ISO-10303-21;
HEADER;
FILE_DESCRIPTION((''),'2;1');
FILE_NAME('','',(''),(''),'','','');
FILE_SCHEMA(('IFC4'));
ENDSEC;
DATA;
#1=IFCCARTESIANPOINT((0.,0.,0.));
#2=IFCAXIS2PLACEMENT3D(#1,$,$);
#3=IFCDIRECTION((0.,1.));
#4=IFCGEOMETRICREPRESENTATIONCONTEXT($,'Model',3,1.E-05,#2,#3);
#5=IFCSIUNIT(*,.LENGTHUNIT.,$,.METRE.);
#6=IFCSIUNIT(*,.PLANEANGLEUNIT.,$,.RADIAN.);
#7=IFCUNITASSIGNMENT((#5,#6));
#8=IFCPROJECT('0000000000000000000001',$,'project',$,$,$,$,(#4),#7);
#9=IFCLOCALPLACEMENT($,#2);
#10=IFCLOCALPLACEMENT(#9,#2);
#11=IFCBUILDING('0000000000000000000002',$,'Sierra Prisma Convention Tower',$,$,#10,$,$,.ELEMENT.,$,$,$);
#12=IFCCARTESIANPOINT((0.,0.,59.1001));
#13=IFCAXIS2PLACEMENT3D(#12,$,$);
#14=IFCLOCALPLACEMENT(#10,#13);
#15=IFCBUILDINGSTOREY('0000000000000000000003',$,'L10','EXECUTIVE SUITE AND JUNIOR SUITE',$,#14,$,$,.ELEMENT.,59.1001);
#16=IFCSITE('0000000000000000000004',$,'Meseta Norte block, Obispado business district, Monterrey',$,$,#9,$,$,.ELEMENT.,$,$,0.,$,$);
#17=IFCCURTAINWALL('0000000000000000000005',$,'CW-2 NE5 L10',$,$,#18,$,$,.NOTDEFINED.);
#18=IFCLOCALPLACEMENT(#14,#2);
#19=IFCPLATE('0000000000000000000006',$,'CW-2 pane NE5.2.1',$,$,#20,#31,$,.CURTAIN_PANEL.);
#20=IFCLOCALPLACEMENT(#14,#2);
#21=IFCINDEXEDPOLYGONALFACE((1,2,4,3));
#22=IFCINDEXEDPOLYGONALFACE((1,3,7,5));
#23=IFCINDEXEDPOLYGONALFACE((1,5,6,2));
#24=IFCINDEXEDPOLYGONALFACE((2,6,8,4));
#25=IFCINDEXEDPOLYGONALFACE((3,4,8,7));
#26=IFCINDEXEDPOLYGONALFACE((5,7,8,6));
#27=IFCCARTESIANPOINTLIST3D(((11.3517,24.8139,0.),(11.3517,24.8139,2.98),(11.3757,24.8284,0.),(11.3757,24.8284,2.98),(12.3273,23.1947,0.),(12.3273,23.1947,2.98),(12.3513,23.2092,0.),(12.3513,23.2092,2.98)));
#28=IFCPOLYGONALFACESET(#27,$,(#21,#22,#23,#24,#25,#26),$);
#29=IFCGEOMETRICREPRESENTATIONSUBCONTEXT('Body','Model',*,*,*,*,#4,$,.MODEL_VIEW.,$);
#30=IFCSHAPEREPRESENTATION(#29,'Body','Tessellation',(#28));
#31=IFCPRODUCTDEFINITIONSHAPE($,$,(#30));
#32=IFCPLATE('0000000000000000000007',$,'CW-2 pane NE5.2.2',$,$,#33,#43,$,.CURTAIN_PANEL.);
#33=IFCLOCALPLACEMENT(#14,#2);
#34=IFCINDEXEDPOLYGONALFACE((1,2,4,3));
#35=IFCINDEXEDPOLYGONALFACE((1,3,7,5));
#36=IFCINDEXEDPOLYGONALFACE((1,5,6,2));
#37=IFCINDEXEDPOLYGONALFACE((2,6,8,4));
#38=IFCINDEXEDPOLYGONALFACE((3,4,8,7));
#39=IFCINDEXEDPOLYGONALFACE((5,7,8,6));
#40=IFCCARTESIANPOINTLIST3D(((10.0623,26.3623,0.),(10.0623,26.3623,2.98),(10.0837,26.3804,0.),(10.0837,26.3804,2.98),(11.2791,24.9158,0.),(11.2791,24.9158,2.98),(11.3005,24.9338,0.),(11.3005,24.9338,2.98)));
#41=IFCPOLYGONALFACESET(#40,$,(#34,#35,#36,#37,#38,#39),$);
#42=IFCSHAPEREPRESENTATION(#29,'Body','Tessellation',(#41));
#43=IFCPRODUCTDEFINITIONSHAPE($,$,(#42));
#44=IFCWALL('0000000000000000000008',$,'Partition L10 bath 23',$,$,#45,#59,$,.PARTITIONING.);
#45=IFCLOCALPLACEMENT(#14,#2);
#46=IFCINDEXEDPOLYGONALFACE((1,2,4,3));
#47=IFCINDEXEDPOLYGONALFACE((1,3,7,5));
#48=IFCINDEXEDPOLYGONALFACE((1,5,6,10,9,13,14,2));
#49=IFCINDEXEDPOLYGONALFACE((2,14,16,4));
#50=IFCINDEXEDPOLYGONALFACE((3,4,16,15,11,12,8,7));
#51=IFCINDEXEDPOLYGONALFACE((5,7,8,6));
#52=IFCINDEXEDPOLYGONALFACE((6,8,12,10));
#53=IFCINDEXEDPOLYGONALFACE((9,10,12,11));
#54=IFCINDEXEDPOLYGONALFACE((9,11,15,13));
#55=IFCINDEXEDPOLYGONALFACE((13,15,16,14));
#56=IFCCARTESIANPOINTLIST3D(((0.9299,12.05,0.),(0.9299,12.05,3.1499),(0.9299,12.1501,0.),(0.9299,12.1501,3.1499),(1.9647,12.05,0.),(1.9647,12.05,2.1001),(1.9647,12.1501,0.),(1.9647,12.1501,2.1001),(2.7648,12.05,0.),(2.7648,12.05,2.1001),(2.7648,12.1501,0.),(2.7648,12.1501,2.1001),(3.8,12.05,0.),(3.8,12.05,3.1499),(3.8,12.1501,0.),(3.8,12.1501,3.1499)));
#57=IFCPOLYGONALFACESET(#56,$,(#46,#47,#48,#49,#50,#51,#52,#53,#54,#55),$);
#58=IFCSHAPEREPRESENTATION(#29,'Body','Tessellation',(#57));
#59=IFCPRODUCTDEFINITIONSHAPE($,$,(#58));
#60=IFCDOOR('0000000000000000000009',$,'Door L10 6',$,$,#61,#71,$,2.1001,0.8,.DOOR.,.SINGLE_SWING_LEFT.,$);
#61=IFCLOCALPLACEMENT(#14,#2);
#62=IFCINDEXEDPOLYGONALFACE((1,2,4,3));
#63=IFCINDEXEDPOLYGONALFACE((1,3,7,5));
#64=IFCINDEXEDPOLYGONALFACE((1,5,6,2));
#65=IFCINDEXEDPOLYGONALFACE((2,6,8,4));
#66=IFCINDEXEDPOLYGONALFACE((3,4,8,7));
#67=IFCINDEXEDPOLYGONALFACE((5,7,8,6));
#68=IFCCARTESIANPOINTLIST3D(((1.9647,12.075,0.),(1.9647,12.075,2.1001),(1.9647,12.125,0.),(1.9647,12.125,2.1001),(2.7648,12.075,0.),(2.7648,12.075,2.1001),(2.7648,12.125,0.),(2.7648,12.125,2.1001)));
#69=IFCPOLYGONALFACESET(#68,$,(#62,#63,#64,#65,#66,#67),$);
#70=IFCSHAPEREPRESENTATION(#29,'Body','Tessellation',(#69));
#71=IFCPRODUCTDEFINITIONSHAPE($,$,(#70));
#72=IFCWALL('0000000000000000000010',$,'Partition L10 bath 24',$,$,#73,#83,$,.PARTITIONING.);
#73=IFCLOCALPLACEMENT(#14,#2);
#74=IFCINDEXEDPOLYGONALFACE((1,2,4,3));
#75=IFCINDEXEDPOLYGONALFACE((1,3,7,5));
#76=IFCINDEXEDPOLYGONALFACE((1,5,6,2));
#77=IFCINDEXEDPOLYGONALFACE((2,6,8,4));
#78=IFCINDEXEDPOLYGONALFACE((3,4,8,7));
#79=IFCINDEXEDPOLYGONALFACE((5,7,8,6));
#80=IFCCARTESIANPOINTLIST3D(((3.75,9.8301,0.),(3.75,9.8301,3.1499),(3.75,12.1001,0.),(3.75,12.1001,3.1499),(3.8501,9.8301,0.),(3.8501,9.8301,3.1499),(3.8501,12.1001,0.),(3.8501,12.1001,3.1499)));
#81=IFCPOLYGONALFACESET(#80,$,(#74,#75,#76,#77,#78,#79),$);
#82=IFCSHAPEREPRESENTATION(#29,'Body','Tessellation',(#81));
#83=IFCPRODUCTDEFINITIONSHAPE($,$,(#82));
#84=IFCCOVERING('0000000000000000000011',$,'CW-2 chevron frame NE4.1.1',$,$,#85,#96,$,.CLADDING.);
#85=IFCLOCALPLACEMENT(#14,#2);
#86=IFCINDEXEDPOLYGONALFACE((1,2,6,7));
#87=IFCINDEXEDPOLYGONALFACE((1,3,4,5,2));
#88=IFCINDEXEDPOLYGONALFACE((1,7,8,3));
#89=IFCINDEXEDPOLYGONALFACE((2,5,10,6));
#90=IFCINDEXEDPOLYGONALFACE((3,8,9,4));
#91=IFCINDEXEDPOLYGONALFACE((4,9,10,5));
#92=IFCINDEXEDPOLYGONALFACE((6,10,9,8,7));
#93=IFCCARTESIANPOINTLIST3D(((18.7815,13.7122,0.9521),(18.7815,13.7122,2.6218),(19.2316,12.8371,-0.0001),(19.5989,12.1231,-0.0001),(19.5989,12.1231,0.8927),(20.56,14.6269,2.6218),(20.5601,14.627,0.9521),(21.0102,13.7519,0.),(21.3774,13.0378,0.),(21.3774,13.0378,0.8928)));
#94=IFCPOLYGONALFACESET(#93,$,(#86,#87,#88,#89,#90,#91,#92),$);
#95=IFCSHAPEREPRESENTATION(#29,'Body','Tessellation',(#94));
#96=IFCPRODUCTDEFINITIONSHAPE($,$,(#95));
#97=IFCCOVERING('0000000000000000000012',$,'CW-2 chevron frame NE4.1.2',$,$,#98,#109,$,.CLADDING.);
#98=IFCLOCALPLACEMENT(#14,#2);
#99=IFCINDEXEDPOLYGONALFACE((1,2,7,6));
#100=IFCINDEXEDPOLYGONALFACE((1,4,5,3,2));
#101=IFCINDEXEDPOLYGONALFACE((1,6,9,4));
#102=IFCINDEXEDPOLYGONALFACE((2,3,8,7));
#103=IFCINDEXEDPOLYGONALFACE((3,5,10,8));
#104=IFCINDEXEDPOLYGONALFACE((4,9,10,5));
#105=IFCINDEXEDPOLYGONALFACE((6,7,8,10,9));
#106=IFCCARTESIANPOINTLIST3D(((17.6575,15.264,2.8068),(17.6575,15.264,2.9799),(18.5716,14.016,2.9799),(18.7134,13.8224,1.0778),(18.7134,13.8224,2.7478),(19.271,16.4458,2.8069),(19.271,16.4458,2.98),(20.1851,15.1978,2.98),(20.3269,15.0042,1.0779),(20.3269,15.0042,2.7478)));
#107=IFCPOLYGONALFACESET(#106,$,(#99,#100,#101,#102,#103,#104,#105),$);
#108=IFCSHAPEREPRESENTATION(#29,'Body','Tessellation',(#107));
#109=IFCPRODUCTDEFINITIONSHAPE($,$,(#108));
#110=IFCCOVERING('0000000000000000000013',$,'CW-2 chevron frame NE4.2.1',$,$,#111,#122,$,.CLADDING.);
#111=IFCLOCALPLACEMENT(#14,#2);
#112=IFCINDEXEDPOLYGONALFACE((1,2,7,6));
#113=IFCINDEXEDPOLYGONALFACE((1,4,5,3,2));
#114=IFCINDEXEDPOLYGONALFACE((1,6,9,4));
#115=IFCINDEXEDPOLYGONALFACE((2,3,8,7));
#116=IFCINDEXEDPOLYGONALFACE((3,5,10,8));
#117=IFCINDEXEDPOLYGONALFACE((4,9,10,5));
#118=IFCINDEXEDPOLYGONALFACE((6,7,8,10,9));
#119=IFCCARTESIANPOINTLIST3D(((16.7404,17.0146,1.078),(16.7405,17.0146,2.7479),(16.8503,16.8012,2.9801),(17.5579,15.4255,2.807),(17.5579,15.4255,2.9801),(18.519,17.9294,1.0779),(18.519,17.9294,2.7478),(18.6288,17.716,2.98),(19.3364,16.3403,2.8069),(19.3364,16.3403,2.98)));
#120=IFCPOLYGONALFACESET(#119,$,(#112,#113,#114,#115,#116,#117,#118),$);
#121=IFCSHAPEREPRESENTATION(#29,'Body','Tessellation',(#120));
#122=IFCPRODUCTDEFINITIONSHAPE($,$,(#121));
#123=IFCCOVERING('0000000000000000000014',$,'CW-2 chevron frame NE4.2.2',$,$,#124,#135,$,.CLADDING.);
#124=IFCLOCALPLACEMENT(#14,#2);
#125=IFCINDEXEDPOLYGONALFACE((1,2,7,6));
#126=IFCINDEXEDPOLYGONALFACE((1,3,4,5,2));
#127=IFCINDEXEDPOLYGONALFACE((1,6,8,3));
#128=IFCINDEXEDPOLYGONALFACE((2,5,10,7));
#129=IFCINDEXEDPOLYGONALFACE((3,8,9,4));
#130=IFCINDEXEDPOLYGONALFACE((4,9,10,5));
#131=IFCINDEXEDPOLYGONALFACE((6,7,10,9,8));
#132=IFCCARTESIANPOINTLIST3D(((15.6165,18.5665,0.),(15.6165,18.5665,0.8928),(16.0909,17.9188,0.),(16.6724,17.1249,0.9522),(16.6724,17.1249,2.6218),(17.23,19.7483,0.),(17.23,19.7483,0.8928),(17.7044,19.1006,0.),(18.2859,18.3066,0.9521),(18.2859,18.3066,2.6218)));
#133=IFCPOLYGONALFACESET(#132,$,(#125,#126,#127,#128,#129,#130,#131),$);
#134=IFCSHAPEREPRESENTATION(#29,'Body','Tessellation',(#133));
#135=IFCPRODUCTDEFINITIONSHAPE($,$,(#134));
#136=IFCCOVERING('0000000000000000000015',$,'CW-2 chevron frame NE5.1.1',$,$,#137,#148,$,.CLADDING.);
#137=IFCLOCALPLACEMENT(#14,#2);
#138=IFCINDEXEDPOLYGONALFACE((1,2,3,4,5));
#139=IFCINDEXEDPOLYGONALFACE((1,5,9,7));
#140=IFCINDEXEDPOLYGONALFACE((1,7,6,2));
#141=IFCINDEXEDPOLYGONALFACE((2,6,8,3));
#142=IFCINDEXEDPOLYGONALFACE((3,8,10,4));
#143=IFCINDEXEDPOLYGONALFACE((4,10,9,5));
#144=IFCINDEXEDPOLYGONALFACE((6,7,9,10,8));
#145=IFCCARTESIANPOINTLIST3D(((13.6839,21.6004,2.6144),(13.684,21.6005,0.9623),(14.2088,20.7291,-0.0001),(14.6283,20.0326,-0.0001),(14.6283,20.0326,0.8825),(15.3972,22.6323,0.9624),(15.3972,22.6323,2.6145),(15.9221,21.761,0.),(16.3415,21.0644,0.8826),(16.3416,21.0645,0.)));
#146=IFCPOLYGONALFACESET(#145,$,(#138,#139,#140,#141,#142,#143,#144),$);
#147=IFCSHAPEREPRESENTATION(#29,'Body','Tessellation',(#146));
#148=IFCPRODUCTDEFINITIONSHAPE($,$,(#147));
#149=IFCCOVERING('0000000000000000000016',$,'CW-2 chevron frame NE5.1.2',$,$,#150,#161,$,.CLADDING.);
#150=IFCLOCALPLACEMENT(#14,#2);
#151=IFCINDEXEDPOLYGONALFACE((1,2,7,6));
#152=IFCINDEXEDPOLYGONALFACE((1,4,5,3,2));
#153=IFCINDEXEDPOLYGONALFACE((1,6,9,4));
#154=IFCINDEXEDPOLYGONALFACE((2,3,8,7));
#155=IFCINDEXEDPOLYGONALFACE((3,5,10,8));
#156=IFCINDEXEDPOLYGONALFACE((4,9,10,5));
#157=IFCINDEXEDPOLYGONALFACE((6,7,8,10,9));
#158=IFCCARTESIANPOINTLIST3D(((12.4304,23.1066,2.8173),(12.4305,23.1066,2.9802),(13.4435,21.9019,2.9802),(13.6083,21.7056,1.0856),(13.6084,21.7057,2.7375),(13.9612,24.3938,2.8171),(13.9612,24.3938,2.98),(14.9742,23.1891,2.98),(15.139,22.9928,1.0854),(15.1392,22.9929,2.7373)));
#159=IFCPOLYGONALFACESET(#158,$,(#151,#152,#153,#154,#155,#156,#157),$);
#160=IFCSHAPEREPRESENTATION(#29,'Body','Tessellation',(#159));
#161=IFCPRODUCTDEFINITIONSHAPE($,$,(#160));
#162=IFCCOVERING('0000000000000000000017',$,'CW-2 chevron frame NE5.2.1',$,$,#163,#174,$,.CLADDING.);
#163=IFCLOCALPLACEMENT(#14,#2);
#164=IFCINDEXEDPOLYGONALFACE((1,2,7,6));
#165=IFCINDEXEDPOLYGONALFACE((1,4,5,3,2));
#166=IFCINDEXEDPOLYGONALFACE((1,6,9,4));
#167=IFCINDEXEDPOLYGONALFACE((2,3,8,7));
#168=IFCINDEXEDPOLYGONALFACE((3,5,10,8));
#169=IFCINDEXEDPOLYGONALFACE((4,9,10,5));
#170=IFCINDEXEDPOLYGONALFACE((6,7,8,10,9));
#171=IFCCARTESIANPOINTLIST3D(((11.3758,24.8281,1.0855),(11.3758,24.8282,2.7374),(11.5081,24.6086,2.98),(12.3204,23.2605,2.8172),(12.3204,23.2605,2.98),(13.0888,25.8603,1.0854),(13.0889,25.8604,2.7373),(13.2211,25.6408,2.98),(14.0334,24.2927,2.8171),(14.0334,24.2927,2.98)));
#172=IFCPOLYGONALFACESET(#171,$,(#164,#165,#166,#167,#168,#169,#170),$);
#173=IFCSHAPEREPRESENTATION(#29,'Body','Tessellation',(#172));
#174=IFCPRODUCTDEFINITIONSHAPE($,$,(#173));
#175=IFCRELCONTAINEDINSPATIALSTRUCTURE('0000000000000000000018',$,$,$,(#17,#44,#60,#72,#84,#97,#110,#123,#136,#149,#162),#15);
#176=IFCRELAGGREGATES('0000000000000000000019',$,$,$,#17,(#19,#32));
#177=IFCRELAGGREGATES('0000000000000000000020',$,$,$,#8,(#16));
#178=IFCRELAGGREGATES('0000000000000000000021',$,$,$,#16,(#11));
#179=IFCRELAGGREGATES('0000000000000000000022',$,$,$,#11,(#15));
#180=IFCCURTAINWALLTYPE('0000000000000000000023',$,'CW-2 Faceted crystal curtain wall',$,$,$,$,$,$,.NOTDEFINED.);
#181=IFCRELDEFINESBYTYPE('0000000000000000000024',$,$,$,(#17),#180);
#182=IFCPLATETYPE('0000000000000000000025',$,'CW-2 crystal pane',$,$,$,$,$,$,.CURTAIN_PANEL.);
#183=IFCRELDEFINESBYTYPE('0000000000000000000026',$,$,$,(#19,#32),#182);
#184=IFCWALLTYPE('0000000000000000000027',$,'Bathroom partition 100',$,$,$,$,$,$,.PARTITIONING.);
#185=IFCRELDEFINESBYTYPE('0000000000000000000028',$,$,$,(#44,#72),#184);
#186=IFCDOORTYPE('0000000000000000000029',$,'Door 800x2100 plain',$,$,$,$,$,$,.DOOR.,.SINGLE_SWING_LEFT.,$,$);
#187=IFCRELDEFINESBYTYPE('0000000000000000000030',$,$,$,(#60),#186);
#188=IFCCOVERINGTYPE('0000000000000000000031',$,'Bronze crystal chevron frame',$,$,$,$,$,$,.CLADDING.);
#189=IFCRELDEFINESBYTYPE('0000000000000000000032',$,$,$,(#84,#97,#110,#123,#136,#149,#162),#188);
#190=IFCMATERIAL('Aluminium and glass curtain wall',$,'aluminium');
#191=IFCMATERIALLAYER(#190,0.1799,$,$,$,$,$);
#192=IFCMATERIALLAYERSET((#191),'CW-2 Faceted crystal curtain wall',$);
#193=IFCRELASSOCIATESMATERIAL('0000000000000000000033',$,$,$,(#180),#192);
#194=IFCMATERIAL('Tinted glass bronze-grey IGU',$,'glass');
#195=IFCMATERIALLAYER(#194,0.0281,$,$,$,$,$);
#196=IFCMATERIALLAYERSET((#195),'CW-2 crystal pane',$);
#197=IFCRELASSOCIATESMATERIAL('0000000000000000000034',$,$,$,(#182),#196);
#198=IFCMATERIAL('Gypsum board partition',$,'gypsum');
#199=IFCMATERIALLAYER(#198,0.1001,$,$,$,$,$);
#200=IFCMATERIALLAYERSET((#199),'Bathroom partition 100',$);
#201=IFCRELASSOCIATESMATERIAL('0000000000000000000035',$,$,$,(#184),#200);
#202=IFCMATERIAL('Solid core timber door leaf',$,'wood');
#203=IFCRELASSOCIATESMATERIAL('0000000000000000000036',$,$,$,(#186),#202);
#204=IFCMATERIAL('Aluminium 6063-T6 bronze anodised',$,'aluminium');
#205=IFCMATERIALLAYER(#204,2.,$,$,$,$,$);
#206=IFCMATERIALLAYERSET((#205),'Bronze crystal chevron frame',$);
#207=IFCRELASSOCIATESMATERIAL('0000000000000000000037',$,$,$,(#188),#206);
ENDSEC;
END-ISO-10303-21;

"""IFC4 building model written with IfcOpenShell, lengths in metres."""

from ifc_helpers import new_model, si_unit, direction, frame, frame_2d, origin, place, context, subcontext, project, spatial, polyline, rectangle, outline, extrude, material, layer, layer_set, type_object, element, fill, aggregate, save


model = new_model("IFC4")

# Units and contexts
model_context = context("Model", 3, precision=1e-05, world=origin(), true_north=direction((0.0, 1.0)))
body_context = subcontext(model_context, "Body", "Model", "MODEL_VIEW")
ifc_project = project(units=[si_unit("LENGTHUNIT", "METRE"), si_unit("PLANEANGLEUNIT", "RADIAN")], contexts=[model_context])

# Site, building, storey
site_placement = place(None, origin())
site = spatial("IfcSite", under=ifc_project, at=site_placement, Name="Meseta Norte block, Obispado business district, Monterrey", CompositionType="ELEMENT", RefElevation=0.0)
building_placement = place(site_placement, origin())
building = spatial("IfcBuilding", under=site, at=building_placement, Name="Sierra Prisma Convention Tower", CompositionType="ELEMENT")
storey_placement = place(building_placement, frame((0.0, 0.0, 59.1001)))
storey = spatial("IfcBuildingStorey", under=building, at=storey_placement, Name="L10", Description="EXECUTIVE SUITE AND JUNIOR SUITE", CompositionType="ELEMENT", Elevation=59.1001)

# Curtain wall
ifc_material_1 = material(Name="Aluminium and glass curtain wall", Category="aluminium")
ifc_layer_1 = layer(ifc_material_1, 0.1799)
ifc_layer_set_1 = layer_set([ifc_layer_1], Name="CW-2 Faceted crystal curtain wall")
curtain_wall_type = type_object("IfcCurtainWallType", Name="CW-2 Faceted crystal curtain wall", PredefinedType="NOTDEFINED", material=ifc_layer_set_1)
curtain_wall_1_placement = place(storey_placement, origin())
curtain_wall_1 = element("IfcCurtainWall", 1, at=curtain_wall_1_placement, inside=storey, type_object=curtain_wall_type, Name="CW-2 NE5 L10", PredefinedType="NOTDEFINED")

# Plates
ifc_material_2 = material(Name="Tinted glass bronze-grey IGU", Category="glass")
ifc_layer_2 = layer(ifc_material_2, 0.0281)
ifc_layer_set_2 = layer_set([ifc_layer_2], Name="CW-2 crystal pane")
plate_type = type_object("IfcPlateType", Name="CW-2 crystal pane", PredefinedType="CURTAIN_PANEL", material=ifc_layer_set_2)
plate_1_placement = place(storey_placement, frame((12.3513, 23.2092, 0.0), z_axis=(0.856534, 0.51609, 0.0), x_axis=(-0.51609, 0.856534, 0.0)))
plate_1 = element("IfcPlate", 2, at=plate_1_placement, type_object=plate_type, Name="CW-2 pane NE5.2.1", PredefinedType="CURTAIN_PANEL", context=body_context, shape_type="SweptSolid", body=[
    extrude(outline(polyline([(0.0, 0.0), (1.8903, 0.0), (1.8903, 2.98), (0.0, 2.98), (0.0, 0.0)])), origin(), (0.0, 0.0, -1.0), 0.0281),
])
plate_2_placement = place(storey_placement, frame((10.0837, 26.3804, 0.0), z_axis=(0.765259, 0.643722, 0.0), x_axis=(0.643722, -0.765259, 0.0)))
plate_2 = element("IfcPlate", 3, at=plate_2_placement, type_object=plate_type, Name="CW-2 pane NE5.2.2", PredefinedType="CURTAIN_PANEL", context=body_context, shape_type="SweptSolid", body=[
    extrude(outline(polyline([(0.0, 0.0), (1.8903, 0.0), (1.8903, -2.98), (0.0, -2.98), (0.0, 0.0)])), origin(), (0.0, 0.0, -1.0), 0.0281),
])
aggregate(curtain_wall_1, [plate_1, plate_2])

# Wall, opening, door
ifc_material_3 = material(Name="Gypsum board partition", Category="gypsum")
ifc_layer_3 = layer(ifc_material_3, 0.1001)
ifc_layer_set_3 = layer_set([ifc_layer_3], Name="Bathroom partition 100")
wall_type = type_object("IfcWallType", Name="Bathroom partition 100", PredefinedType="PARTITIONING", material=ifc_layer_set_3)
wall_1_placement = place(storey_placement, frame((0.9299, 12.1001, 0.0), z_axis=(0.0, 0.0, 1.0), x_axis=(1.0, 0.0, 0.0)))
wall_1 = element("IfcWall", 4, at=wall_1_placement, inside=storey, type_object=wall_type, Name="Partition L10 bath 23", PredefinedType="PARTITIONING", context=body_context, shape_type="SweptSolid", body=[
    extrude(rectangle(XDim=2.8701, YDim=0.1001, at=frame_2d((1.4351, 0.0))), origin(), (0.0, 0.0, 1.0), 3.1499),
])
opening_placement = place(wall_1_placement, frame((1.0349, 0.0, 0.0)))
opening = element("IfcOpeningElement", 5, at=opening_placement, cuts=wall_1, PredefinedType="OPENING", context=body_context, shape_type="SweptSolid", body=[
    extrude(rectangle(XDim=0.8, YDim=2.1001, at=frame_2d((0.3999, 1.05))), frame((0.0, 0.05, 0.0), z_axis=(0.0, -1.0, 0.0), x_axis=(1.0, 0.0, 0.0)), (0.0, 0.0, 1.0), 0.1001),
])
ifc_material_4 = material(Name="Solid core timber door leaf", Category="wood")
door_type = type_object("IfcDoorType", Name="Door 800x2100 plain", OperationType="SINGLE_SWING_LEFT", PredefinedType="DOOR", material=ifc_material_4)
door_placement = place(opening_placement, origin())
door = element("IfcDoor", 6, at=door_placement, inside=storey, type_object=door_type, Name="Door L10 6", OperationType="SINGLE_SWING_LEFT", OverallHeight=2.1001, OverallWidth=0.8, PredefinedType="DOOR", context=body_context, shape_type="SweptSolid", body=[
    extrude(rectangle(XDim=0.8, YDim=2.1001, at=frame_2d((0.3999, 1.05))), frame((0.0, 0.0249, 0.0), z_axis=(0.0, -1.0, 0.0), x_axis=(1.0, 0.0, 0.0)), (0.0, 0.0, 1.0), 0.05),
])
fill(opening, door)

# Wall
wall_2_placement = place(storey_placement, frame((3.8, 12.1001, 0.0), z_axis=(0.0, 0.0, 1.0), x_axis=(0.0, -1.0, 0.0)))
element("IfcWall", 7, at=wall_2_placement, inside=storey, type_object=wall_type, Name="Partition L10 bath 24", PredefinedType="PARTITIONING", context=body_context, shape_type="SweptSolid", body=[
    extrude(rectangle(XDim=2.27, YDim=0.1001, at=frame_2d((1.135, 0.0))), origin(), (0.0, 0.0, 1.0), 3.1499),
])

# Coverings
ifc_material_5 = material(Name="Aluminium 6063-T6 bronze anodised", Category="aluminium")
ifc_layer_4 = layer(ifc_material_5, 2.0)
ifc_layer_set_4 = layer_set([ifc_layer_4], Name="Bronze crystal chevron frame")
covering_type = type_object("IfcCoveringType", Name="Bronze crystal chevron frame", PredefinedType="CLADDING", material=ifc_layer_set_4)
covering_1_placement = place(storey_placement, frame((21.3774, 13.0378, 0.0), z_axis=(0.889268, 0.457386, 0.000038), x_axis=(-0.457386, 0.889268, 0.0)))
element("IfcCovering", 8, at=covering_1_placement, inside=storey, type_object=covering_type, Name="CW-2 chevron frame NE4.1.1", PredefinedType="CLADDING", context=body_context, shape_type="SweptSolid", body=[
    extrude(outline(polyline([(0.0, 0.0), (0.803, 0.0), (1.787, 0.9521), (1.787, 2.6218), (0.0, 0.8928), (0.0, 0.0)])), origin(), (0.0, 0.0, -1.0), 2.0),
])
covering_2_placement = place(storey_placement, frame((20.3269, 15.0042, 2.7478), z_axis=(0.806754, 0.590888, 0.000018), x_axis=(0.000014, 0.00001, -1.0)))
element("IfcCovering", 9, at=covering_2_placement, inside=storey, type_object=covering_type, Name="CW-2 chevron frame NE4.1.2", PredefinedType="CLADDING", context=body_context, shape_type="SweptSolid", body=[
    extrude(outline(polyline([(0.0, 0.0), (1.6699, 0.0), (-0.0591, 1.787), (-0.2322, 1.787), (-0.2322, 0.24), (0.0, 0.0)])), origin(), (0.0, 0.0, -1.0), 2.0),
])
covering_3_placement = place(storey_placement, frame((19.3364, 16.3403, 2.98), z_axis=(0.889262, 0.457398, -0.000047), x_axis=(-0.000042, -0.000022, -1.0)))
element("IfcCovering", 10, at=covering_3_placement, inside=storey, type_object=covering_type, Name="CW-2 chevron frame NE4.2.1", PredefinedType="CLADDING", context=body_context, shape_type="SweptSolid", body=[
    extrude(outline(polyline([(0.0, 0.0), (0.1731, 0.0), (1.9021, 1.787), (0.2322, 1.787), (0.0, 1.547), (0.0, 0.0)])), origin(), (0.0, 0.0, -1.0), 2.0),
])
covering_4_placement = place(storey_placement, frame((17.23, 19.7483, 0.0), z_axis=(0.806755, 0.590886, -0.000009), x_axis=(0.000007, 0.000005, 1.0)))
element("IfcCovering", 11, at=covering_4_placement, inside=storey, type_object=covering_type, Name="CW-2 chevron frame NE4.2.2", PredefinedType="CLADDING", context=body_context, shape_type="SweptSolid", body=[
    extrude(outline(polyline([(0.0, 0.0), (0.8928, 0.0), (2.6218, 1.787), (0.9521, 1.787), (0.0, 0.8028), (0.0, 0.0)])), origin(), (0.0, 0.0, -1.0), 2.0),
])
covering_5_placement = place(storey_placement, frame((16.3416, 21.0645, 0.0), z_axis=(0.856628, 0.515935, 0.000026), x_axis=(-0.515935, 0.856628, 0.0)))
element("IfcCovering", 12, at=covering_5_placement, inside=storey, type_object=covering_type, Name="CW-2 chevron frame NE5.1.1", PredefinedType="CLADDING", context=body_context, shape_type="SweptSolid", body=[
    extrude(outline(polyline([(0.0, 0.0), (0.8131, 0.0), (1.8303, 0.9624), (1.8303, 2.6145), (0.0, 0.8826), (0.0, 0.0)])), origin(), (0.0, 0.0, -1.0), 2.0),
])
covering_6_placement = place(storey_placement, frame((15.1392, 22.9929, 2.7373), z_axis=(0.765363, 0.643599, -0.000099), x_axis=(-0.000076, -0.000064, -1.0)))
element("IfcCovering", 13, at=covering_6_placement, inside=storey, type_object=covering_type, Name="CW-2 chevron frame NE5.1.2", PredefinedType="CLADDING", context=body_context, shape_type="SweptSolid", body=[
    extrude(outline(polyline([(0.0, 0.0), (1.6519, 0.0), (-0.0798, 1.8303), (-0.2427, 1.8303), (-0.2427, 0.2563), (0.0, 0.0)])), origin(), (0.0, 0.0, -1.0), 2.0),
])
covering_7_placement = place(storey_placement, frame((14.0334, 24.2927, 2.98), z_axis=(0.856528, 0.5161, -0.000031), x_axis=(-0.000027, -0.000016, -1.0)))
element("IfcCovering", 14, at=covering_7_placement, inside=storey, type_object=covering_type, Name="CW-2 chevron frame NE5.2.1", PredefinedType="CLADDING", context=body_context, shape_type="SweptSolid", body=[
    extrude(outline(polyline([(0.0, 0.0), (0.1628, 0.0), (1.8945, 1.8302), (0.2427, 1.8302), (0.0, 1.5739), (0.0, 0.0)])), origin(), (0.0, 0.0, -1.0), 2.0),
])

save(model, "model.ifc")
